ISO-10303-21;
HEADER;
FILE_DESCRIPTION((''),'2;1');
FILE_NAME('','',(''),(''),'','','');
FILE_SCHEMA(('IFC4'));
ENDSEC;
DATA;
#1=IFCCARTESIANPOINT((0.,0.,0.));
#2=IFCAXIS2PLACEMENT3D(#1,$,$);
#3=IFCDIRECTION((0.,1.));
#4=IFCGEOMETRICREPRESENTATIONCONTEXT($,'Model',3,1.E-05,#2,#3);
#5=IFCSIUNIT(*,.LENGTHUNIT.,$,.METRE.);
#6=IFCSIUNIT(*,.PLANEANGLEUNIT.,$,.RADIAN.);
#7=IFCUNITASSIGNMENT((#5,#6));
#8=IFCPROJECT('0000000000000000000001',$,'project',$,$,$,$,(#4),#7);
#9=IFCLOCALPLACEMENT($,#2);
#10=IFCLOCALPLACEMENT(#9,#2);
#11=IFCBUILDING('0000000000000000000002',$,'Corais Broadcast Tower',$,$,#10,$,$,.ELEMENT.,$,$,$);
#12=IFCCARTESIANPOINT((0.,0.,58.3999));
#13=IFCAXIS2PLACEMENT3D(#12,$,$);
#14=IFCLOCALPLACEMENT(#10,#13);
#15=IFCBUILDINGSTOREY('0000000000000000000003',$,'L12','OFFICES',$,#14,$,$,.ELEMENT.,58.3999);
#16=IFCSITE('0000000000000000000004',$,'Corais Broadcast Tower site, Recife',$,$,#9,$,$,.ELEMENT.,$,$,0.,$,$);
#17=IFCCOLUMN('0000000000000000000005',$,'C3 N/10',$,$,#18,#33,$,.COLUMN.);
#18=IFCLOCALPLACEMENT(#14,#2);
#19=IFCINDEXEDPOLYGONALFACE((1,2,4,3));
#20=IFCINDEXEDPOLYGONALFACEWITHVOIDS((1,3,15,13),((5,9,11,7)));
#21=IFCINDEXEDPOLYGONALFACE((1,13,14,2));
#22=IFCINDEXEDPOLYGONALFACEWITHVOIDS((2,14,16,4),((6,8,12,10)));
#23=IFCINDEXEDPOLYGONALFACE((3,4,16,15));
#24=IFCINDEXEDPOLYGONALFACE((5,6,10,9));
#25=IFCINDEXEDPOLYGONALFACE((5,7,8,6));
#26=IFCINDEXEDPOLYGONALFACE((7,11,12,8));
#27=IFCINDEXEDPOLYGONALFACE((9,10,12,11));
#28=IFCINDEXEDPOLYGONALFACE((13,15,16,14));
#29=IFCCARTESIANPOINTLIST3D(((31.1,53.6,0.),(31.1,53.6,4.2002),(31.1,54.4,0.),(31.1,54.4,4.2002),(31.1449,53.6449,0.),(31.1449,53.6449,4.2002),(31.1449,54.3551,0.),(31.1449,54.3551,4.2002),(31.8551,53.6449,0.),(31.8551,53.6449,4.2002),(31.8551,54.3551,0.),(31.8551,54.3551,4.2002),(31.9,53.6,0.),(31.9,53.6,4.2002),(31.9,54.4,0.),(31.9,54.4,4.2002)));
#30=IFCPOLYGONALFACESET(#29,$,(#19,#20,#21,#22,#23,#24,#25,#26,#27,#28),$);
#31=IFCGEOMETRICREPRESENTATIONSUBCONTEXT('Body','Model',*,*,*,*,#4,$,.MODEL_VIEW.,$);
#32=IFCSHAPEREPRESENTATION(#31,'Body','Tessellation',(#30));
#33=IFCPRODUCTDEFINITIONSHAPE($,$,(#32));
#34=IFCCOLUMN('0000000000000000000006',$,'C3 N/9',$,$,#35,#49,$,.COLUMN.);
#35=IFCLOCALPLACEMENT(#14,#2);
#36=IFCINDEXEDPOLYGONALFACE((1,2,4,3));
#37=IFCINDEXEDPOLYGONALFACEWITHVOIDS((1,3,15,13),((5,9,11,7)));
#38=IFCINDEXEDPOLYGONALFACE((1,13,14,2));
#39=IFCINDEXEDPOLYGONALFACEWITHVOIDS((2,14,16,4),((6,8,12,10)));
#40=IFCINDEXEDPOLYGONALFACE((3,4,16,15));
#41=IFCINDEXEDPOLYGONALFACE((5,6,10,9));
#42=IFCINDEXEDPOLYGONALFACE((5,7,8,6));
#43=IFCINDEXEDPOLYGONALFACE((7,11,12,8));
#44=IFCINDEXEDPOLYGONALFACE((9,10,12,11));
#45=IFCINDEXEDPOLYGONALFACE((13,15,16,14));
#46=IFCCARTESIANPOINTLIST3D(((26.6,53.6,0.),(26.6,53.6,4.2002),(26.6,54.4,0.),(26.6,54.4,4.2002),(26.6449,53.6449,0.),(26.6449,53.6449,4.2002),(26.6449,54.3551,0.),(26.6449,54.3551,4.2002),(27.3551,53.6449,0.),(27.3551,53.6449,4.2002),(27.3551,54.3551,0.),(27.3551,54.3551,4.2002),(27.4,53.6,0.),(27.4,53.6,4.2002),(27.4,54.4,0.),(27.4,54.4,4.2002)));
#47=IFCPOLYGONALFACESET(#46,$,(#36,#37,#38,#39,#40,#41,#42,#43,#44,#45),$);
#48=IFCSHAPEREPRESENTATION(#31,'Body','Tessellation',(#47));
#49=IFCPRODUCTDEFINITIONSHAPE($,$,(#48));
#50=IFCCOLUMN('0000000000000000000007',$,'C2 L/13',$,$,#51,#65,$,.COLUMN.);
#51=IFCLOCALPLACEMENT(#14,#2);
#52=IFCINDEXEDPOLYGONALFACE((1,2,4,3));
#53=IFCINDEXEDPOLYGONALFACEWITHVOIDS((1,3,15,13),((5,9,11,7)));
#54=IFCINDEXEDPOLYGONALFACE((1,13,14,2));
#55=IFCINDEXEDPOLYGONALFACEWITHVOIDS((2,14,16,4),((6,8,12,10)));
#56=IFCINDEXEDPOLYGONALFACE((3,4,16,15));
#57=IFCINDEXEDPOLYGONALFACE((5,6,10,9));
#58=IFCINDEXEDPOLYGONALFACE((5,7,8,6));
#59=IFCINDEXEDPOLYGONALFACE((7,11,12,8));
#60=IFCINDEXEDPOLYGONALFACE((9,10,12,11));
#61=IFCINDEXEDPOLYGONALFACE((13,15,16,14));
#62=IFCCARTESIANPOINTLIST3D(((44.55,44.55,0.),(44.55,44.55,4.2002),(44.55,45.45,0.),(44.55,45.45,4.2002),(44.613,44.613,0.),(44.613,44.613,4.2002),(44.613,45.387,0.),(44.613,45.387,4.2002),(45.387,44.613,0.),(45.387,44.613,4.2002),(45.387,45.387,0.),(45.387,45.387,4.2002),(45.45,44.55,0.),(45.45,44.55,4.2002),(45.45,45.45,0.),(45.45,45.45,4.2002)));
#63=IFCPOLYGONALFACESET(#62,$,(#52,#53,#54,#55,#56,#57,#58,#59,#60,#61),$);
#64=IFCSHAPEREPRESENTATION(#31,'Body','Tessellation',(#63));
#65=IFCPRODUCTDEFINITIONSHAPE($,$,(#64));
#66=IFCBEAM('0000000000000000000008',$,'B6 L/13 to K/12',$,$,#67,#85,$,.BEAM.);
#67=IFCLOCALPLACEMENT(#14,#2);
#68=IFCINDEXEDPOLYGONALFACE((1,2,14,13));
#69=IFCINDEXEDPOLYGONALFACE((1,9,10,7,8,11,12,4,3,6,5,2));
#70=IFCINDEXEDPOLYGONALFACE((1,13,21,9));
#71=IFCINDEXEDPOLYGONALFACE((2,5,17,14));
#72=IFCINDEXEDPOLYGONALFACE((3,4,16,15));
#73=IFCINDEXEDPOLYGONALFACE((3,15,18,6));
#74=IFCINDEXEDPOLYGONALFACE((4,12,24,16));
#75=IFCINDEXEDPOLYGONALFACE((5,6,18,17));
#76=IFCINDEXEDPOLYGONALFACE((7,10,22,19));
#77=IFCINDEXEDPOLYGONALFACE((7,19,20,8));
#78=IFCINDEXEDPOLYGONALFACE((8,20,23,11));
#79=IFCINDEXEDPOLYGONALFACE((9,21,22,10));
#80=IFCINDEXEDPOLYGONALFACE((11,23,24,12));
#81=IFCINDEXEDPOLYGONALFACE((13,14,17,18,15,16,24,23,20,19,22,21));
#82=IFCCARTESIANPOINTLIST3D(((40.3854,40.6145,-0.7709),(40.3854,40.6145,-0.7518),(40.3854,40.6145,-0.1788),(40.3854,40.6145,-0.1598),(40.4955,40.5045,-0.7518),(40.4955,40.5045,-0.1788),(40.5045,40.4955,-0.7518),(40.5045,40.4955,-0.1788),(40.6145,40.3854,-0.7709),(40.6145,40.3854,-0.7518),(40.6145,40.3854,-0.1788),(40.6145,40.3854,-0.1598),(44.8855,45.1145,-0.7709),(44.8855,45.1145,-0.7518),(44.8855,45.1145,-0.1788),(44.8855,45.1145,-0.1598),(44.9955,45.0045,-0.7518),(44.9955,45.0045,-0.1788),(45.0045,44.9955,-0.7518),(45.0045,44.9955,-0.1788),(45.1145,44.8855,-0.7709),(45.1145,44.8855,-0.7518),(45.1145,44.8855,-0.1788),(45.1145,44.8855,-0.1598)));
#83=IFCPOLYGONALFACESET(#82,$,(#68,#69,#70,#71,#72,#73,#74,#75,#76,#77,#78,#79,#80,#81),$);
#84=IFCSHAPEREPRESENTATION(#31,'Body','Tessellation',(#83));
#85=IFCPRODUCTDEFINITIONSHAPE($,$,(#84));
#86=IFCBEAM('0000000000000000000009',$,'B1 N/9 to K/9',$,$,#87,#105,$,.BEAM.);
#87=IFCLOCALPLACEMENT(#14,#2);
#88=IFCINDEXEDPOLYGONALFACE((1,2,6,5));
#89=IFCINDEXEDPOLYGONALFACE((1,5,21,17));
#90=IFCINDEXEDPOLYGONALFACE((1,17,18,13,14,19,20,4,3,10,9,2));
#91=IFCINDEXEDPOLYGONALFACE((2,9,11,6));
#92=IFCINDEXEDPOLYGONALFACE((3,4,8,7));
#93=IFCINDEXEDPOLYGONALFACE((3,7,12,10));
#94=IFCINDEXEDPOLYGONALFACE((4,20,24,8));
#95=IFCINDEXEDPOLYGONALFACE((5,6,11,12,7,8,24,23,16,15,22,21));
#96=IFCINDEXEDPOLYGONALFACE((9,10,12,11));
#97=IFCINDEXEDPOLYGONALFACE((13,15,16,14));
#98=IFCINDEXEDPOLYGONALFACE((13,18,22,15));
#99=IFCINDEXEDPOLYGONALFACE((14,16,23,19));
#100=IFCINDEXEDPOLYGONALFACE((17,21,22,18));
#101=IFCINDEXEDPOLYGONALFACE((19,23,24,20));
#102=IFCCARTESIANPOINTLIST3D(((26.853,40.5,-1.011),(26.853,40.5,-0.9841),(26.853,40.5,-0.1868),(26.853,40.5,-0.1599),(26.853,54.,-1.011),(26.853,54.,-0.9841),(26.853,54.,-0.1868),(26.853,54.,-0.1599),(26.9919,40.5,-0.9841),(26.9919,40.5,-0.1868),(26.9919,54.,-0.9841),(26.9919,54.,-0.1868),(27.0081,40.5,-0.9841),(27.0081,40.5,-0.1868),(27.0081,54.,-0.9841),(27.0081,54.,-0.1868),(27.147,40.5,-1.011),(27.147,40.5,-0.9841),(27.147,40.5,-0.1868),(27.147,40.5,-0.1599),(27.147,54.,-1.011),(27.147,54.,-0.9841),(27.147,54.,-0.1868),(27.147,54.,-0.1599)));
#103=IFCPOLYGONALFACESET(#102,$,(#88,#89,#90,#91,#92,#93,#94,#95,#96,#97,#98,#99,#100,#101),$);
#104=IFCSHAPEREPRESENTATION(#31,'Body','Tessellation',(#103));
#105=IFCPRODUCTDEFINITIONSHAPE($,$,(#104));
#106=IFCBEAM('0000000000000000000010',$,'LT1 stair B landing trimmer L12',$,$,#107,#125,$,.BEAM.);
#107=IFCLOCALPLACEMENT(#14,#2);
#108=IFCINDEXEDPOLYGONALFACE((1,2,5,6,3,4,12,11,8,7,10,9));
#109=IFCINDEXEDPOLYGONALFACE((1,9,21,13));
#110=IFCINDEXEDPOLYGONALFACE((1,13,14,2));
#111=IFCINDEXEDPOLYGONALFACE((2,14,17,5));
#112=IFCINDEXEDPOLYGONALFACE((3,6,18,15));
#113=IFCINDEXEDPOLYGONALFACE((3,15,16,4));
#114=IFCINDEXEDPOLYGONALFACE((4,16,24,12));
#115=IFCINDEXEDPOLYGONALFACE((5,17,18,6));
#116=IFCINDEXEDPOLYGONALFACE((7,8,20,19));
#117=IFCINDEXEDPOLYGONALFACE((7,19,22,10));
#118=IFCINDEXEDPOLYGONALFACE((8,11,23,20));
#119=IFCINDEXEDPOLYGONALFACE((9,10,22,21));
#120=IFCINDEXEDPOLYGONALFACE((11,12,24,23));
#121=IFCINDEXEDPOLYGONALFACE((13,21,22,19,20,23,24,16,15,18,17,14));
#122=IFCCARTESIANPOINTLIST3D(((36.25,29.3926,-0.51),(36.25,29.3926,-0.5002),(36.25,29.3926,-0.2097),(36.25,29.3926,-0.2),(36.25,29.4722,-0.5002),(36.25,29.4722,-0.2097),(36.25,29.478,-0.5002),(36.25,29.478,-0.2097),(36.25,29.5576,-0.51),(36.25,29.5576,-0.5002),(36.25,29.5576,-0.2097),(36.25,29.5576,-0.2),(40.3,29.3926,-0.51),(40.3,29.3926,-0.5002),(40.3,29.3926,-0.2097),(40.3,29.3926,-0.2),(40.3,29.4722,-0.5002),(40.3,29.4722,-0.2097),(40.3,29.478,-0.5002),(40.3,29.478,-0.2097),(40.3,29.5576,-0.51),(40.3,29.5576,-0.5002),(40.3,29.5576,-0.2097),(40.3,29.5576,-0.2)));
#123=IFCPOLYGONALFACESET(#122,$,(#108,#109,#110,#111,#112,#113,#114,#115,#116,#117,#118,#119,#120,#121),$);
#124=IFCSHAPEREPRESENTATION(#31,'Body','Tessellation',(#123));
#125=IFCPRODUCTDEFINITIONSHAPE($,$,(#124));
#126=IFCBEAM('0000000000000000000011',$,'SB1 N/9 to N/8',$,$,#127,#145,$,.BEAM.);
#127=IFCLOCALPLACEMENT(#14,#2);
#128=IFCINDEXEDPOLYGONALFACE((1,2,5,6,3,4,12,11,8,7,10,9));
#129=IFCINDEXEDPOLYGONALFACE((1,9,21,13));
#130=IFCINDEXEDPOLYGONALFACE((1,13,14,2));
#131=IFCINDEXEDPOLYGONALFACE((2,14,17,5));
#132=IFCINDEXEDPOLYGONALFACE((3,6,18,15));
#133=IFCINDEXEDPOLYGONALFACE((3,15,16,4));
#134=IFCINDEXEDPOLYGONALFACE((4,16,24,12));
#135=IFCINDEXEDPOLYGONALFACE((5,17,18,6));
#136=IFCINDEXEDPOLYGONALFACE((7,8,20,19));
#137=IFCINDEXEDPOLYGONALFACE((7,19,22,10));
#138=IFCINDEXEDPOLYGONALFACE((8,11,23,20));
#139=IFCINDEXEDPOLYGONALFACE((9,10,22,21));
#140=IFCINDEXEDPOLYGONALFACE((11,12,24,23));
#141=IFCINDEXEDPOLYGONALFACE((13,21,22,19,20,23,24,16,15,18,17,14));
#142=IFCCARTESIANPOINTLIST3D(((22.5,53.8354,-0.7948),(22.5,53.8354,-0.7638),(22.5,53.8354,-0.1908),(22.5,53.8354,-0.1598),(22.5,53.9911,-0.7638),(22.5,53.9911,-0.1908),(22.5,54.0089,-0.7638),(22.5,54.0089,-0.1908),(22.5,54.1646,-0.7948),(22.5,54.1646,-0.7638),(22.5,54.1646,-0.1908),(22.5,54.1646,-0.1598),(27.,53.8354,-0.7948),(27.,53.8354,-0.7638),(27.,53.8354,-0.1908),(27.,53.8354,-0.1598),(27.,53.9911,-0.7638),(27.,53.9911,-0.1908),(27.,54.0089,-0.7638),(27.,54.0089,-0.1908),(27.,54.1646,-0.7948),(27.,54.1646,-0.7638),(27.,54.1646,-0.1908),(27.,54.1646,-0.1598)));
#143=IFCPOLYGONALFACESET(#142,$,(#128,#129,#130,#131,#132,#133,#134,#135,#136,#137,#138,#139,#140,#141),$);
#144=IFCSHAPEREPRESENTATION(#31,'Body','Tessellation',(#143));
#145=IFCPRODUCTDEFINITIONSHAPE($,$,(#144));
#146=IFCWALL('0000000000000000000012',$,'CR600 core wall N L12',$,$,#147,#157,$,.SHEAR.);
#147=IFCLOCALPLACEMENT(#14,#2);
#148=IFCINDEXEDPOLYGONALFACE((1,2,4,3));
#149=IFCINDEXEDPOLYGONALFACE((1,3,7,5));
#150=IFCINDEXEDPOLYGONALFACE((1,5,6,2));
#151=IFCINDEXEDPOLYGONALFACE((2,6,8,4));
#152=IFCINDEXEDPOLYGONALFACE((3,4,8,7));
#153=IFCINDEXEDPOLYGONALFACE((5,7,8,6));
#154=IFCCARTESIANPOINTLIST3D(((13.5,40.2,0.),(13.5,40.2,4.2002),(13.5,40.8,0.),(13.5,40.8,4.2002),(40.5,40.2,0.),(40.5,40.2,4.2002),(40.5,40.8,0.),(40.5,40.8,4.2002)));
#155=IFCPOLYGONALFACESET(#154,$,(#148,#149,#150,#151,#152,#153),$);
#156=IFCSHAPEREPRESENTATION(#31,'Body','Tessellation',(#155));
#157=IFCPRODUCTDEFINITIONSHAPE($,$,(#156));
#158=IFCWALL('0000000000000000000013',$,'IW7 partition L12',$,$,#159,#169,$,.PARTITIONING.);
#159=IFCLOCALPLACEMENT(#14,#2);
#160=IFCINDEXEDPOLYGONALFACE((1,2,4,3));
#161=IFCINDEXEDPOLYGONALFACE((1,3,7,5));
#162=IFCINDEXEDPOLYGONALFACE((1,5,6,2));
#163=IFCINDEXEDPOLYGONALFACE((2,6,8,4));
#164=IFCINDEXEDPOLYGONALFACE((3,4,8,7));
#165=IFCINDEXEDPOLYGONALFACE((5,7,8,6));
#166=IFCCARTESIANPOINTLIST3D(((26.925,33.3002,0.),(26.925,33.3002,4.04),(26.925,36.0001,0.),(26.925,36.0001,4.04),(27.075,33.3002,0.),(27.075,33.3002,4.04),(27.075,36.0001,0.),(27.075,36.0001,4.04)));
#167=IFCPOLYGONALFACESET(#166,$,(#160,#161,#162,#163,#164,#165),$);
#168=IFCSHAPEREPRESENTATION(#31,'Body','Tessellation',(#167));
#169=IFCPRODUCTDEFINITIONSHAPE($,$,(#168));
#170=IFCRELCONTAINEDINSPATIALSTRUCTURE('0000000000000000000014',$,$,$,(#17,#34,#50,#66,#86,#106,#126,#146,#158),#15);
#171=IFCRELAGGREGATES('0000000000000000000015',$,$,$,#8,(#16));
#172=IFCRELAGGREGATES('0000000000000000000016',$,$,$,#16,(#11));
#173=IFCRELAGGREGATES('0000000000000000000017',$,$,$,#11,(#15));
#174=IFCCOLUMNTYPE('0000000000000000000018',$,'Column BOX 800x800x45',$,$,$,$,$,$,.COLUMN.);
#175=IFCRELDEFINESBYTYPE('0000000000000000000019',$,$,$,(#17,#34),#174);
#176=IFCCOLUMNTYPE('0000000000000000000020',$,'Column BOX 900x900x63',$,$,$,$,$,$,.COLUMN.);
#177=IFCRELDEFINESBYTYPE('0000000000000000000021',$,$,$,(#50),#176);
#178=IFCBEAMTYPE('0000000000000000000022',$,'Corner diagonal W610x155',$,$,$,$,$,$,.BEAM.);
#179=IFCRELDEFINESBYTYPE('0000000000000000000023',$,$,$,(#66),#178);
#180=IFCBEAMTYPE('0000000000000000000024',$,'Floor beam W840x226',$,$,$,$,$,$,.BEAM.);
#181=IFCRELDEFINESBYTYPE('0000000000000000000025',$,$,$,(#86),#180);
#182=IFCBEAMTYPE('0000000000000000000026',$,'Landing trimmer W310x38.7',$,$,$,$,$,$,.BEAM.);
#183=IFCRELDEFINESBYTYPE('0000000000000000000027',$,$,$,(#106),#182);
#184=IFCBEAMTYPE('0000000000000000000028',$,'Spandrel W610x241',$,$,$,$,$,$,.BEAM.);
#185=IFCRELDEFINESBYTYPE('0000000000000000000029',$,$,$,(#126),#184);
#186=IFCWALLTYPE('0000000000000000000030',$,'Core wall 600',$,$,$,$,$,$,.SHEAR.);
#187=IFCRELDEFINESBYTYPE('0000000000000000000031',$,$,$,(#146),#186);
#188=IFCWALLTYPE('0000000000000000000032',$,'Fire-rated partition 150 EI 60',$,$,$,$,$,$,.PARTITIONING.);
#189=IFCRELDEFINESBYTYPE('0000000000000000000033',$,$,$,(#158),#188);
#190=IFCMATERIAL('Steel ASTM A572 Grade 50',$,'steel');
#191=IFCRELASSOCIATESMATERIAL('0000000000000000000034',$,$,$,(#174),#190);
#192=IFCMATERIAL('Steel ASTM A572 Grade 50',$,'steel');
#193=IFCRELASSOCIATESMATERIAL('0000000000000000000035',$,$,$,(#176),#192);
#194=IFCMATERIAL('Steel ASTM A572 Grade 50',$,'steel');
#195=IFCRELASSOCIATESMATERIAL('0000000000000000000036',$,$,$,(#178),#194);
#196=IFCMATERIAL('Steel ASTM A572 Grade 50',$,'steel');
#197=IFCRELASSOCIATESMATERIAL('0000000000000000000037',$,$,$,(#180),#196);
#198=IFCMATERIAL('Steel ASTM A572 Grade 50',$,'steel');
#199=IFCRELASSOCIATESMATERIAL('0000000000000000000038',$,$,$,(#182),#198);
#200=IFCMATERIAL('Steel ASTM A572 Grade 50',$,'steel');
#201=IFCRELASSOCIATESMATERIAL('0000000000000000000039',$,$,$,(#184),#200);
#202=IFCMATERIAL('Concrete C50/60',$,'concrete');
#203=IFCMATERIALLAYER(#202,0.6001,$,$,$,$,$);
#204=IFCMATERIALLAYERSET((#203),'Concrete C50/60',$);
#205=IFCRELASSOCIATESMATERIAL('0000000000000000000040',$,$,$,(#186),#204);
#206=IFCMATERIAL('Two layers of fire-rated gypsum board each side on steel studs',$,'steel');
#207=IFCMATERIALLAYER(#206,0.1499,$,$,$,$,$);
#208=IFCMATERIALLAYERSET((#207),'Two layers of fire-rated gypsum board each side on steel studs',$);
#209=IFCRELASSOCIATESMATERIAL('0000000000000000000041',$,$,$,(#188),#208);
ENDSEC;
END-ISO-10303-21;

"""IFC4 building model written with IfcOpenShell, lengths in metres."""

from ifc_helpers import new_model, si_unit, direction, frame, frame_2d, origin, origin_2d, place, context, subcontext, project, spatial, rectangle, hollow_rectangle, i_section, extrude, material, layer, layer_set, material_profile, profile_set, type_object, element, save


model = new_model("IFC4")

# Units and contexts
model_context = context("Model", 3, precision=1e-05, world=origin(), true_north=direction((0.0, 1.0)))
body_context = subcontext(model_context, "Body", "Model", "MODEL_VIEW")
ifc_project = project(units=[si_unit("LENGTHUNIT", "METRE"), si_unit("PLANEANGLEUNIT", "RADIAN")], contexts=[model_context])

# Site, building, storey
site_placement = place(None, origin())
site = spatial("IfcSite", under=ifc_project, at=site_placement, Name="Corais Broadcast Tower site, Recife", CompositionType="ELEMENT", RefElevation=0.0)
building_placement = place(site_placement, origin())
building = spatial("IfcBuilding", under=site, at=building_placement, Name="Corais Broadcast Tower", CompositionType="ELEMENT")
storey_placement = place(building_placement, frame((0.0, 0.0, 58.3999)))
storey = spatial("IfcBuildingStorey", under=building, at=storey_placement, Name="L12", Description="OFFICES", CompositionType="ELEMENT", Elevation=58.3999)

# Columns
ifc_material_1 = material(Name="Steel ASTM A572 Grade 50", Category="steel")
ifc_material_profile_1 = material_profile(ifc_material_1, hollow_rectangle(XDim=0.8, YDim=0.8, WallThickness=0.0449, at=origin_2d()), Name="BOX 800x800x45")
ifc_profile_set_1 = profile_set([ifc_material_profile_1], Name="Steel ASTM A572 Grade 50")
column_type_1 = type_object("IfcColumnType", Name="Column BOX 800x800x45", PredefinedType="COLUMN", material=ifc_profile_set_1)
for number, where, z_axis, x_axis, name in (
    (1, (31.5, 54.0, 0.0), (0.0, 0.0, 1.0), (1.0, 0.0, 0.0), "C3 N/10"),
    (2, (27.0, 54.0, 0.0), (0.0, 0.0, 1.0), (1.0, 0.0, 0.0), "C3 N/9"),
):
    element("IfcColumn", number, at=place(storey_placement, frame(where, z_axis=z_axis, x_axis=x_axis)), inside=storey, type_object=column_type_1, Name=name, PredefinedType="COLUMN", context=body_context, shape_type="SweptSolid", body=[
        extrude(hollow_rectangle(XDim=0.8, YDim=0.8, WallThickness=0.0449, at=origin_2d()), origin(), (0.0, 0.0, 1.0), 4.2002),
    ])
ifc_material_2 = material(Name="Steel ASTM A572 Grade 50", Category="steel")
ifc_material_profile_2 = material_profile(ifc_material_2, hollow_rectangle(XDim=0.8999, YDim=0.8999, WallThickness=0.063, at=origin_2d()), Name="BOX 900x900x63")
ifc_profile_set_2 = profile_set([ifc_material_profile_2], Name="Steel ASTM A572 Grade 50")
column_type_2 = type_object("IfcColumnType", Name="Column BOX 900x900x63", PredefinedType="COLUMN", material=ifc_profile_set_2)
column_placement = place(storey_placement, frame((45.0, 45.0, 0.0), z_axis=(0.0, 0.0, 1.0), x_axis=(1.0, 0.0, 0.0)))
element("IfcColumn", 3, at=column_placement, inside=storey, type_object=column_type_2, Name="C2 L/13", PredefinedType="COLUMN", context=body_context, shape_type="SweptSolid", body=[
    extrude(hollow_rectangle(XDim=0.8999, YDim=0.8999, WallThickness=0.063, at=origin_2d()), origin(), (0.0, 0.0, 1.0), 4.2002),
])

# Beams
ifc_material_3 = material(Name="Steel ASTM A572 Grade 50", Category="steel")
ifc_material_profile_3 = material_profile(ifc_material_3, i_section(OverallWidth=0.324, OverallDepth=0.6111, WebThickness=0.0127, FlangeThickness=0.019, at=origin_2d()), Name="W610x155")
ifc_profile_set_3 = profile_set([ifc_material_profile_3], Name="Steel ASTM A572 Grade 50")
beam_type_1 = type_object("IfcBeamType", Name="Corner diagonal W610x155", PredefinedType="BEAM", material=ifc_profile_set_3)
beam_1_placement = place(storey_placement, frame((45.0, 45.0, -0.4653), z_axis=(-0.707107, -0.707107, 0.0), x_axis=(0.707107, -0.707107, 0.0)))
element("IfcBeam", 4, at=beam_1_placement, inside=storey, type_object=beam_type_1, Name="B6 L/13 to K/12", PredefinedType="BEAM", context=body_context, shape_type="SweptSolid", body=[
    extrude(i_section(OverallWidth=0.324, OverallDepth=0.6111, WebThickness=0.0127, FlangeThickness=0.019, at=origin_2d()), origin(), (0.0, 0.0, 1.0), 6.364),
])
ifc_material_4 = material(Name="Steel ASTM A572 Grade 50", Category="steel")
ifc_material_profile_4 = material_profile(ifc_material_4, i_section(OverallWidth=0.2939, OverallDepth=0.8511, WebThickness=0.0161, FlangeThickness=0.0269, at=origin_2d()), Name="W840x226")
ifc_profile_set_4 = profile_set([ifc_material_profile_4], Name="Steel ASTM A572 Grade 50")
beam_type_2 = type_object("IfcBeamType", Name="Floor beam W840x226", PredefinedType="BEAM", material=ifc_profile_set_4)
beam_2_placement = place(storey_placement, frame((27.0, 54.0, -0.5854), z_axis=(0.0, -1.0, 0.0), x_axis=(1.0, 0.0, 0.0)))
element("IfcBeam", 5, at=beam_2_placement, inside=storey, type_object=beam_type_2, Name="B1 N/9 to K/9", PredefinedType="BEAM", context=body_context, shape_type="SweptSolid", body=[
    extrude(i_section(OverallWidth=0.2939, OverallDepth=0.8511, WebThickness=0.0161, FlangeThickness=0.0269, at=origin_2d()), origin(), (0.0, 0.0, 1.0), 13.5),
])
ifc_material_5 = material(Name="Steel ASTM A572 Grade 50", Category="steel")
ifc_material_profile_5 = material_profile(ifc_material_5, i_section(OverallWidth=0.165, OverallDepth=0.3101, WebThickness=0.0059, FlangeThickness=0.0098, at=origin_2d()), Name="W310x38.7")
ifc_profile_set_5 = profile_set([ifc_material_profile_5], Name="Steel ASTM A572 Grade 50")
beam_type_3 = type_object("IfcBeamType", Name="Landing trimmer W310x38.7", PredefinedType="BEAM", material=ifc_profile_set_5)
beam_3_placement = place(storey_placement, frame((36.25, 29.4751, -0.355), z_axis=(1.0, 0.0, 0.0), x_axis=(0.0, 1.0, 0.0)))
element("IfcBeam", 6, at=beam_3_placement, inside=storey, type_object=beam_type_3, Name="LT1 stair B landing trimmer L12", PredefinedType="BEAM", context=body_context, shape_type="SweptSolid", body=[
    extrude(i_section(OverallWidth=0.165, OverallDepth=0.3101, WebThickness=0.0059, FlangeThickness=0.0098, at=origin_2d()), origin(), (0.0, 0.0, 1.0), 4.05),
])
ifc_material_6 = material(Name="Steel ASTM A572 Grade 50", Category="steel")
ifc_material_profile_6 = material_profile(ifc_material_6, i_section(OverallWidth=0.3291, OverallDepth=0.635, WebThickness=0.0178, FlangeThickness=0.031, at=origin_2d()), Name="W610x241")
ifc_profile_set_6 = profile_set([ifc_material_profile_6], Name="Steel ASTM A572 Grade 50")
beam_type_4 = type_object("IfcBeamType", Name="Spandrel W610x241", PredefinedType="BEAM", material=ifc_profile_set_6)
beam_4_placement = place(storey_placement, frame((27.0, 54.0, -0.4773), z_axis=(-1.0, 0.0, 0.0), x_axis=(0.0, -1.0, 0.0)))
element("IfcBeam", 7, at=beam_4_placement, inside=storey, type_object=beam_type_4, Name="SB1 N/9 to N/8", PredefinedType="BEAM", context=body_context, shape_type="SweptSolid", body=[
    extrude(i_section(OverallWidth=0.3291, OverallDepth=0.635, WebThickness=0.0178, FlangeThickness=0.031, at=origin_2d()), origin(), (0.0, 0.0, 1.0), 4.5),
])

# Walls
ifc_material_7 = material(Name="Concrete C50/60", Category="concrete")
ifc_layer_1 = layer(ifc_material_7, 0.6001)
ifc_layer_set_1 = layer_set([ifc_layer_1], Name="Concrete C50/60")
wall_type_1 = type_object("IfcWallType", Name="Core wall 600", PredefinedType="SHEAR", material=ifc_layer_set_1)
wall_1_placement = place(storey_placement, frame((40.5, 40.5, 0.0), z_axis=(0.0, 0.0, 1.0), x_axis=(-1.0, 0.0, 0.0)))
element("IfcWall", 8, at=wall_1_placement, inside=storey, type_object=wall_type_1, Name="CR600 core wall N L12", PredefinedType="SHEAR", context=body_context, shape_type="SweptSolid", body=[
    extrude(rectangle(XDim=27.0, YDim=0.6001, at=frame_2d((13.5, 0.0))), origin(), (0.0, 0.0, 1.0), 4.2002),
])
ifc_material_8 = material(Name="Two layers of fire-rated gypsum board each side on steel studs", Category="steel")
ifc_layer_2 = layer(ifc_material_8, 0.1499)
ifc_layer_set_2 = layer_set([ifc_layer_2], Name="Two layers of fire-rated gypsum board each side on steel studs")
wall_type_2 = type_object("IfcWallType", Name="Fire-rated partition 150 EI 60", PredefinedType="PARTITIONING", material=ifc_layer_set_2)
wall_2_placement = place(storey_placement, frame((27.0, 33.3, 0.0), z_axis=(0.0, 0.0, 1.0), x_axis=(0.0, 1.0, 0.0)))
element("IfcWall", 9, at=wall_2_placement, inside=storey, type_object=wall_type_2, Name="IW7 partition L12", PredefinedType="PARTITIONING", context=body_context, shape_type="SweptSolid", body=[
    extrude(rectangle(XDim=2.7, YDim=0.1499, at=frame_2d((1.3501, 0.0))), origin(), (0.0, 0.0, 1.0), 4.04),
])

save(model, "model.ifc")
